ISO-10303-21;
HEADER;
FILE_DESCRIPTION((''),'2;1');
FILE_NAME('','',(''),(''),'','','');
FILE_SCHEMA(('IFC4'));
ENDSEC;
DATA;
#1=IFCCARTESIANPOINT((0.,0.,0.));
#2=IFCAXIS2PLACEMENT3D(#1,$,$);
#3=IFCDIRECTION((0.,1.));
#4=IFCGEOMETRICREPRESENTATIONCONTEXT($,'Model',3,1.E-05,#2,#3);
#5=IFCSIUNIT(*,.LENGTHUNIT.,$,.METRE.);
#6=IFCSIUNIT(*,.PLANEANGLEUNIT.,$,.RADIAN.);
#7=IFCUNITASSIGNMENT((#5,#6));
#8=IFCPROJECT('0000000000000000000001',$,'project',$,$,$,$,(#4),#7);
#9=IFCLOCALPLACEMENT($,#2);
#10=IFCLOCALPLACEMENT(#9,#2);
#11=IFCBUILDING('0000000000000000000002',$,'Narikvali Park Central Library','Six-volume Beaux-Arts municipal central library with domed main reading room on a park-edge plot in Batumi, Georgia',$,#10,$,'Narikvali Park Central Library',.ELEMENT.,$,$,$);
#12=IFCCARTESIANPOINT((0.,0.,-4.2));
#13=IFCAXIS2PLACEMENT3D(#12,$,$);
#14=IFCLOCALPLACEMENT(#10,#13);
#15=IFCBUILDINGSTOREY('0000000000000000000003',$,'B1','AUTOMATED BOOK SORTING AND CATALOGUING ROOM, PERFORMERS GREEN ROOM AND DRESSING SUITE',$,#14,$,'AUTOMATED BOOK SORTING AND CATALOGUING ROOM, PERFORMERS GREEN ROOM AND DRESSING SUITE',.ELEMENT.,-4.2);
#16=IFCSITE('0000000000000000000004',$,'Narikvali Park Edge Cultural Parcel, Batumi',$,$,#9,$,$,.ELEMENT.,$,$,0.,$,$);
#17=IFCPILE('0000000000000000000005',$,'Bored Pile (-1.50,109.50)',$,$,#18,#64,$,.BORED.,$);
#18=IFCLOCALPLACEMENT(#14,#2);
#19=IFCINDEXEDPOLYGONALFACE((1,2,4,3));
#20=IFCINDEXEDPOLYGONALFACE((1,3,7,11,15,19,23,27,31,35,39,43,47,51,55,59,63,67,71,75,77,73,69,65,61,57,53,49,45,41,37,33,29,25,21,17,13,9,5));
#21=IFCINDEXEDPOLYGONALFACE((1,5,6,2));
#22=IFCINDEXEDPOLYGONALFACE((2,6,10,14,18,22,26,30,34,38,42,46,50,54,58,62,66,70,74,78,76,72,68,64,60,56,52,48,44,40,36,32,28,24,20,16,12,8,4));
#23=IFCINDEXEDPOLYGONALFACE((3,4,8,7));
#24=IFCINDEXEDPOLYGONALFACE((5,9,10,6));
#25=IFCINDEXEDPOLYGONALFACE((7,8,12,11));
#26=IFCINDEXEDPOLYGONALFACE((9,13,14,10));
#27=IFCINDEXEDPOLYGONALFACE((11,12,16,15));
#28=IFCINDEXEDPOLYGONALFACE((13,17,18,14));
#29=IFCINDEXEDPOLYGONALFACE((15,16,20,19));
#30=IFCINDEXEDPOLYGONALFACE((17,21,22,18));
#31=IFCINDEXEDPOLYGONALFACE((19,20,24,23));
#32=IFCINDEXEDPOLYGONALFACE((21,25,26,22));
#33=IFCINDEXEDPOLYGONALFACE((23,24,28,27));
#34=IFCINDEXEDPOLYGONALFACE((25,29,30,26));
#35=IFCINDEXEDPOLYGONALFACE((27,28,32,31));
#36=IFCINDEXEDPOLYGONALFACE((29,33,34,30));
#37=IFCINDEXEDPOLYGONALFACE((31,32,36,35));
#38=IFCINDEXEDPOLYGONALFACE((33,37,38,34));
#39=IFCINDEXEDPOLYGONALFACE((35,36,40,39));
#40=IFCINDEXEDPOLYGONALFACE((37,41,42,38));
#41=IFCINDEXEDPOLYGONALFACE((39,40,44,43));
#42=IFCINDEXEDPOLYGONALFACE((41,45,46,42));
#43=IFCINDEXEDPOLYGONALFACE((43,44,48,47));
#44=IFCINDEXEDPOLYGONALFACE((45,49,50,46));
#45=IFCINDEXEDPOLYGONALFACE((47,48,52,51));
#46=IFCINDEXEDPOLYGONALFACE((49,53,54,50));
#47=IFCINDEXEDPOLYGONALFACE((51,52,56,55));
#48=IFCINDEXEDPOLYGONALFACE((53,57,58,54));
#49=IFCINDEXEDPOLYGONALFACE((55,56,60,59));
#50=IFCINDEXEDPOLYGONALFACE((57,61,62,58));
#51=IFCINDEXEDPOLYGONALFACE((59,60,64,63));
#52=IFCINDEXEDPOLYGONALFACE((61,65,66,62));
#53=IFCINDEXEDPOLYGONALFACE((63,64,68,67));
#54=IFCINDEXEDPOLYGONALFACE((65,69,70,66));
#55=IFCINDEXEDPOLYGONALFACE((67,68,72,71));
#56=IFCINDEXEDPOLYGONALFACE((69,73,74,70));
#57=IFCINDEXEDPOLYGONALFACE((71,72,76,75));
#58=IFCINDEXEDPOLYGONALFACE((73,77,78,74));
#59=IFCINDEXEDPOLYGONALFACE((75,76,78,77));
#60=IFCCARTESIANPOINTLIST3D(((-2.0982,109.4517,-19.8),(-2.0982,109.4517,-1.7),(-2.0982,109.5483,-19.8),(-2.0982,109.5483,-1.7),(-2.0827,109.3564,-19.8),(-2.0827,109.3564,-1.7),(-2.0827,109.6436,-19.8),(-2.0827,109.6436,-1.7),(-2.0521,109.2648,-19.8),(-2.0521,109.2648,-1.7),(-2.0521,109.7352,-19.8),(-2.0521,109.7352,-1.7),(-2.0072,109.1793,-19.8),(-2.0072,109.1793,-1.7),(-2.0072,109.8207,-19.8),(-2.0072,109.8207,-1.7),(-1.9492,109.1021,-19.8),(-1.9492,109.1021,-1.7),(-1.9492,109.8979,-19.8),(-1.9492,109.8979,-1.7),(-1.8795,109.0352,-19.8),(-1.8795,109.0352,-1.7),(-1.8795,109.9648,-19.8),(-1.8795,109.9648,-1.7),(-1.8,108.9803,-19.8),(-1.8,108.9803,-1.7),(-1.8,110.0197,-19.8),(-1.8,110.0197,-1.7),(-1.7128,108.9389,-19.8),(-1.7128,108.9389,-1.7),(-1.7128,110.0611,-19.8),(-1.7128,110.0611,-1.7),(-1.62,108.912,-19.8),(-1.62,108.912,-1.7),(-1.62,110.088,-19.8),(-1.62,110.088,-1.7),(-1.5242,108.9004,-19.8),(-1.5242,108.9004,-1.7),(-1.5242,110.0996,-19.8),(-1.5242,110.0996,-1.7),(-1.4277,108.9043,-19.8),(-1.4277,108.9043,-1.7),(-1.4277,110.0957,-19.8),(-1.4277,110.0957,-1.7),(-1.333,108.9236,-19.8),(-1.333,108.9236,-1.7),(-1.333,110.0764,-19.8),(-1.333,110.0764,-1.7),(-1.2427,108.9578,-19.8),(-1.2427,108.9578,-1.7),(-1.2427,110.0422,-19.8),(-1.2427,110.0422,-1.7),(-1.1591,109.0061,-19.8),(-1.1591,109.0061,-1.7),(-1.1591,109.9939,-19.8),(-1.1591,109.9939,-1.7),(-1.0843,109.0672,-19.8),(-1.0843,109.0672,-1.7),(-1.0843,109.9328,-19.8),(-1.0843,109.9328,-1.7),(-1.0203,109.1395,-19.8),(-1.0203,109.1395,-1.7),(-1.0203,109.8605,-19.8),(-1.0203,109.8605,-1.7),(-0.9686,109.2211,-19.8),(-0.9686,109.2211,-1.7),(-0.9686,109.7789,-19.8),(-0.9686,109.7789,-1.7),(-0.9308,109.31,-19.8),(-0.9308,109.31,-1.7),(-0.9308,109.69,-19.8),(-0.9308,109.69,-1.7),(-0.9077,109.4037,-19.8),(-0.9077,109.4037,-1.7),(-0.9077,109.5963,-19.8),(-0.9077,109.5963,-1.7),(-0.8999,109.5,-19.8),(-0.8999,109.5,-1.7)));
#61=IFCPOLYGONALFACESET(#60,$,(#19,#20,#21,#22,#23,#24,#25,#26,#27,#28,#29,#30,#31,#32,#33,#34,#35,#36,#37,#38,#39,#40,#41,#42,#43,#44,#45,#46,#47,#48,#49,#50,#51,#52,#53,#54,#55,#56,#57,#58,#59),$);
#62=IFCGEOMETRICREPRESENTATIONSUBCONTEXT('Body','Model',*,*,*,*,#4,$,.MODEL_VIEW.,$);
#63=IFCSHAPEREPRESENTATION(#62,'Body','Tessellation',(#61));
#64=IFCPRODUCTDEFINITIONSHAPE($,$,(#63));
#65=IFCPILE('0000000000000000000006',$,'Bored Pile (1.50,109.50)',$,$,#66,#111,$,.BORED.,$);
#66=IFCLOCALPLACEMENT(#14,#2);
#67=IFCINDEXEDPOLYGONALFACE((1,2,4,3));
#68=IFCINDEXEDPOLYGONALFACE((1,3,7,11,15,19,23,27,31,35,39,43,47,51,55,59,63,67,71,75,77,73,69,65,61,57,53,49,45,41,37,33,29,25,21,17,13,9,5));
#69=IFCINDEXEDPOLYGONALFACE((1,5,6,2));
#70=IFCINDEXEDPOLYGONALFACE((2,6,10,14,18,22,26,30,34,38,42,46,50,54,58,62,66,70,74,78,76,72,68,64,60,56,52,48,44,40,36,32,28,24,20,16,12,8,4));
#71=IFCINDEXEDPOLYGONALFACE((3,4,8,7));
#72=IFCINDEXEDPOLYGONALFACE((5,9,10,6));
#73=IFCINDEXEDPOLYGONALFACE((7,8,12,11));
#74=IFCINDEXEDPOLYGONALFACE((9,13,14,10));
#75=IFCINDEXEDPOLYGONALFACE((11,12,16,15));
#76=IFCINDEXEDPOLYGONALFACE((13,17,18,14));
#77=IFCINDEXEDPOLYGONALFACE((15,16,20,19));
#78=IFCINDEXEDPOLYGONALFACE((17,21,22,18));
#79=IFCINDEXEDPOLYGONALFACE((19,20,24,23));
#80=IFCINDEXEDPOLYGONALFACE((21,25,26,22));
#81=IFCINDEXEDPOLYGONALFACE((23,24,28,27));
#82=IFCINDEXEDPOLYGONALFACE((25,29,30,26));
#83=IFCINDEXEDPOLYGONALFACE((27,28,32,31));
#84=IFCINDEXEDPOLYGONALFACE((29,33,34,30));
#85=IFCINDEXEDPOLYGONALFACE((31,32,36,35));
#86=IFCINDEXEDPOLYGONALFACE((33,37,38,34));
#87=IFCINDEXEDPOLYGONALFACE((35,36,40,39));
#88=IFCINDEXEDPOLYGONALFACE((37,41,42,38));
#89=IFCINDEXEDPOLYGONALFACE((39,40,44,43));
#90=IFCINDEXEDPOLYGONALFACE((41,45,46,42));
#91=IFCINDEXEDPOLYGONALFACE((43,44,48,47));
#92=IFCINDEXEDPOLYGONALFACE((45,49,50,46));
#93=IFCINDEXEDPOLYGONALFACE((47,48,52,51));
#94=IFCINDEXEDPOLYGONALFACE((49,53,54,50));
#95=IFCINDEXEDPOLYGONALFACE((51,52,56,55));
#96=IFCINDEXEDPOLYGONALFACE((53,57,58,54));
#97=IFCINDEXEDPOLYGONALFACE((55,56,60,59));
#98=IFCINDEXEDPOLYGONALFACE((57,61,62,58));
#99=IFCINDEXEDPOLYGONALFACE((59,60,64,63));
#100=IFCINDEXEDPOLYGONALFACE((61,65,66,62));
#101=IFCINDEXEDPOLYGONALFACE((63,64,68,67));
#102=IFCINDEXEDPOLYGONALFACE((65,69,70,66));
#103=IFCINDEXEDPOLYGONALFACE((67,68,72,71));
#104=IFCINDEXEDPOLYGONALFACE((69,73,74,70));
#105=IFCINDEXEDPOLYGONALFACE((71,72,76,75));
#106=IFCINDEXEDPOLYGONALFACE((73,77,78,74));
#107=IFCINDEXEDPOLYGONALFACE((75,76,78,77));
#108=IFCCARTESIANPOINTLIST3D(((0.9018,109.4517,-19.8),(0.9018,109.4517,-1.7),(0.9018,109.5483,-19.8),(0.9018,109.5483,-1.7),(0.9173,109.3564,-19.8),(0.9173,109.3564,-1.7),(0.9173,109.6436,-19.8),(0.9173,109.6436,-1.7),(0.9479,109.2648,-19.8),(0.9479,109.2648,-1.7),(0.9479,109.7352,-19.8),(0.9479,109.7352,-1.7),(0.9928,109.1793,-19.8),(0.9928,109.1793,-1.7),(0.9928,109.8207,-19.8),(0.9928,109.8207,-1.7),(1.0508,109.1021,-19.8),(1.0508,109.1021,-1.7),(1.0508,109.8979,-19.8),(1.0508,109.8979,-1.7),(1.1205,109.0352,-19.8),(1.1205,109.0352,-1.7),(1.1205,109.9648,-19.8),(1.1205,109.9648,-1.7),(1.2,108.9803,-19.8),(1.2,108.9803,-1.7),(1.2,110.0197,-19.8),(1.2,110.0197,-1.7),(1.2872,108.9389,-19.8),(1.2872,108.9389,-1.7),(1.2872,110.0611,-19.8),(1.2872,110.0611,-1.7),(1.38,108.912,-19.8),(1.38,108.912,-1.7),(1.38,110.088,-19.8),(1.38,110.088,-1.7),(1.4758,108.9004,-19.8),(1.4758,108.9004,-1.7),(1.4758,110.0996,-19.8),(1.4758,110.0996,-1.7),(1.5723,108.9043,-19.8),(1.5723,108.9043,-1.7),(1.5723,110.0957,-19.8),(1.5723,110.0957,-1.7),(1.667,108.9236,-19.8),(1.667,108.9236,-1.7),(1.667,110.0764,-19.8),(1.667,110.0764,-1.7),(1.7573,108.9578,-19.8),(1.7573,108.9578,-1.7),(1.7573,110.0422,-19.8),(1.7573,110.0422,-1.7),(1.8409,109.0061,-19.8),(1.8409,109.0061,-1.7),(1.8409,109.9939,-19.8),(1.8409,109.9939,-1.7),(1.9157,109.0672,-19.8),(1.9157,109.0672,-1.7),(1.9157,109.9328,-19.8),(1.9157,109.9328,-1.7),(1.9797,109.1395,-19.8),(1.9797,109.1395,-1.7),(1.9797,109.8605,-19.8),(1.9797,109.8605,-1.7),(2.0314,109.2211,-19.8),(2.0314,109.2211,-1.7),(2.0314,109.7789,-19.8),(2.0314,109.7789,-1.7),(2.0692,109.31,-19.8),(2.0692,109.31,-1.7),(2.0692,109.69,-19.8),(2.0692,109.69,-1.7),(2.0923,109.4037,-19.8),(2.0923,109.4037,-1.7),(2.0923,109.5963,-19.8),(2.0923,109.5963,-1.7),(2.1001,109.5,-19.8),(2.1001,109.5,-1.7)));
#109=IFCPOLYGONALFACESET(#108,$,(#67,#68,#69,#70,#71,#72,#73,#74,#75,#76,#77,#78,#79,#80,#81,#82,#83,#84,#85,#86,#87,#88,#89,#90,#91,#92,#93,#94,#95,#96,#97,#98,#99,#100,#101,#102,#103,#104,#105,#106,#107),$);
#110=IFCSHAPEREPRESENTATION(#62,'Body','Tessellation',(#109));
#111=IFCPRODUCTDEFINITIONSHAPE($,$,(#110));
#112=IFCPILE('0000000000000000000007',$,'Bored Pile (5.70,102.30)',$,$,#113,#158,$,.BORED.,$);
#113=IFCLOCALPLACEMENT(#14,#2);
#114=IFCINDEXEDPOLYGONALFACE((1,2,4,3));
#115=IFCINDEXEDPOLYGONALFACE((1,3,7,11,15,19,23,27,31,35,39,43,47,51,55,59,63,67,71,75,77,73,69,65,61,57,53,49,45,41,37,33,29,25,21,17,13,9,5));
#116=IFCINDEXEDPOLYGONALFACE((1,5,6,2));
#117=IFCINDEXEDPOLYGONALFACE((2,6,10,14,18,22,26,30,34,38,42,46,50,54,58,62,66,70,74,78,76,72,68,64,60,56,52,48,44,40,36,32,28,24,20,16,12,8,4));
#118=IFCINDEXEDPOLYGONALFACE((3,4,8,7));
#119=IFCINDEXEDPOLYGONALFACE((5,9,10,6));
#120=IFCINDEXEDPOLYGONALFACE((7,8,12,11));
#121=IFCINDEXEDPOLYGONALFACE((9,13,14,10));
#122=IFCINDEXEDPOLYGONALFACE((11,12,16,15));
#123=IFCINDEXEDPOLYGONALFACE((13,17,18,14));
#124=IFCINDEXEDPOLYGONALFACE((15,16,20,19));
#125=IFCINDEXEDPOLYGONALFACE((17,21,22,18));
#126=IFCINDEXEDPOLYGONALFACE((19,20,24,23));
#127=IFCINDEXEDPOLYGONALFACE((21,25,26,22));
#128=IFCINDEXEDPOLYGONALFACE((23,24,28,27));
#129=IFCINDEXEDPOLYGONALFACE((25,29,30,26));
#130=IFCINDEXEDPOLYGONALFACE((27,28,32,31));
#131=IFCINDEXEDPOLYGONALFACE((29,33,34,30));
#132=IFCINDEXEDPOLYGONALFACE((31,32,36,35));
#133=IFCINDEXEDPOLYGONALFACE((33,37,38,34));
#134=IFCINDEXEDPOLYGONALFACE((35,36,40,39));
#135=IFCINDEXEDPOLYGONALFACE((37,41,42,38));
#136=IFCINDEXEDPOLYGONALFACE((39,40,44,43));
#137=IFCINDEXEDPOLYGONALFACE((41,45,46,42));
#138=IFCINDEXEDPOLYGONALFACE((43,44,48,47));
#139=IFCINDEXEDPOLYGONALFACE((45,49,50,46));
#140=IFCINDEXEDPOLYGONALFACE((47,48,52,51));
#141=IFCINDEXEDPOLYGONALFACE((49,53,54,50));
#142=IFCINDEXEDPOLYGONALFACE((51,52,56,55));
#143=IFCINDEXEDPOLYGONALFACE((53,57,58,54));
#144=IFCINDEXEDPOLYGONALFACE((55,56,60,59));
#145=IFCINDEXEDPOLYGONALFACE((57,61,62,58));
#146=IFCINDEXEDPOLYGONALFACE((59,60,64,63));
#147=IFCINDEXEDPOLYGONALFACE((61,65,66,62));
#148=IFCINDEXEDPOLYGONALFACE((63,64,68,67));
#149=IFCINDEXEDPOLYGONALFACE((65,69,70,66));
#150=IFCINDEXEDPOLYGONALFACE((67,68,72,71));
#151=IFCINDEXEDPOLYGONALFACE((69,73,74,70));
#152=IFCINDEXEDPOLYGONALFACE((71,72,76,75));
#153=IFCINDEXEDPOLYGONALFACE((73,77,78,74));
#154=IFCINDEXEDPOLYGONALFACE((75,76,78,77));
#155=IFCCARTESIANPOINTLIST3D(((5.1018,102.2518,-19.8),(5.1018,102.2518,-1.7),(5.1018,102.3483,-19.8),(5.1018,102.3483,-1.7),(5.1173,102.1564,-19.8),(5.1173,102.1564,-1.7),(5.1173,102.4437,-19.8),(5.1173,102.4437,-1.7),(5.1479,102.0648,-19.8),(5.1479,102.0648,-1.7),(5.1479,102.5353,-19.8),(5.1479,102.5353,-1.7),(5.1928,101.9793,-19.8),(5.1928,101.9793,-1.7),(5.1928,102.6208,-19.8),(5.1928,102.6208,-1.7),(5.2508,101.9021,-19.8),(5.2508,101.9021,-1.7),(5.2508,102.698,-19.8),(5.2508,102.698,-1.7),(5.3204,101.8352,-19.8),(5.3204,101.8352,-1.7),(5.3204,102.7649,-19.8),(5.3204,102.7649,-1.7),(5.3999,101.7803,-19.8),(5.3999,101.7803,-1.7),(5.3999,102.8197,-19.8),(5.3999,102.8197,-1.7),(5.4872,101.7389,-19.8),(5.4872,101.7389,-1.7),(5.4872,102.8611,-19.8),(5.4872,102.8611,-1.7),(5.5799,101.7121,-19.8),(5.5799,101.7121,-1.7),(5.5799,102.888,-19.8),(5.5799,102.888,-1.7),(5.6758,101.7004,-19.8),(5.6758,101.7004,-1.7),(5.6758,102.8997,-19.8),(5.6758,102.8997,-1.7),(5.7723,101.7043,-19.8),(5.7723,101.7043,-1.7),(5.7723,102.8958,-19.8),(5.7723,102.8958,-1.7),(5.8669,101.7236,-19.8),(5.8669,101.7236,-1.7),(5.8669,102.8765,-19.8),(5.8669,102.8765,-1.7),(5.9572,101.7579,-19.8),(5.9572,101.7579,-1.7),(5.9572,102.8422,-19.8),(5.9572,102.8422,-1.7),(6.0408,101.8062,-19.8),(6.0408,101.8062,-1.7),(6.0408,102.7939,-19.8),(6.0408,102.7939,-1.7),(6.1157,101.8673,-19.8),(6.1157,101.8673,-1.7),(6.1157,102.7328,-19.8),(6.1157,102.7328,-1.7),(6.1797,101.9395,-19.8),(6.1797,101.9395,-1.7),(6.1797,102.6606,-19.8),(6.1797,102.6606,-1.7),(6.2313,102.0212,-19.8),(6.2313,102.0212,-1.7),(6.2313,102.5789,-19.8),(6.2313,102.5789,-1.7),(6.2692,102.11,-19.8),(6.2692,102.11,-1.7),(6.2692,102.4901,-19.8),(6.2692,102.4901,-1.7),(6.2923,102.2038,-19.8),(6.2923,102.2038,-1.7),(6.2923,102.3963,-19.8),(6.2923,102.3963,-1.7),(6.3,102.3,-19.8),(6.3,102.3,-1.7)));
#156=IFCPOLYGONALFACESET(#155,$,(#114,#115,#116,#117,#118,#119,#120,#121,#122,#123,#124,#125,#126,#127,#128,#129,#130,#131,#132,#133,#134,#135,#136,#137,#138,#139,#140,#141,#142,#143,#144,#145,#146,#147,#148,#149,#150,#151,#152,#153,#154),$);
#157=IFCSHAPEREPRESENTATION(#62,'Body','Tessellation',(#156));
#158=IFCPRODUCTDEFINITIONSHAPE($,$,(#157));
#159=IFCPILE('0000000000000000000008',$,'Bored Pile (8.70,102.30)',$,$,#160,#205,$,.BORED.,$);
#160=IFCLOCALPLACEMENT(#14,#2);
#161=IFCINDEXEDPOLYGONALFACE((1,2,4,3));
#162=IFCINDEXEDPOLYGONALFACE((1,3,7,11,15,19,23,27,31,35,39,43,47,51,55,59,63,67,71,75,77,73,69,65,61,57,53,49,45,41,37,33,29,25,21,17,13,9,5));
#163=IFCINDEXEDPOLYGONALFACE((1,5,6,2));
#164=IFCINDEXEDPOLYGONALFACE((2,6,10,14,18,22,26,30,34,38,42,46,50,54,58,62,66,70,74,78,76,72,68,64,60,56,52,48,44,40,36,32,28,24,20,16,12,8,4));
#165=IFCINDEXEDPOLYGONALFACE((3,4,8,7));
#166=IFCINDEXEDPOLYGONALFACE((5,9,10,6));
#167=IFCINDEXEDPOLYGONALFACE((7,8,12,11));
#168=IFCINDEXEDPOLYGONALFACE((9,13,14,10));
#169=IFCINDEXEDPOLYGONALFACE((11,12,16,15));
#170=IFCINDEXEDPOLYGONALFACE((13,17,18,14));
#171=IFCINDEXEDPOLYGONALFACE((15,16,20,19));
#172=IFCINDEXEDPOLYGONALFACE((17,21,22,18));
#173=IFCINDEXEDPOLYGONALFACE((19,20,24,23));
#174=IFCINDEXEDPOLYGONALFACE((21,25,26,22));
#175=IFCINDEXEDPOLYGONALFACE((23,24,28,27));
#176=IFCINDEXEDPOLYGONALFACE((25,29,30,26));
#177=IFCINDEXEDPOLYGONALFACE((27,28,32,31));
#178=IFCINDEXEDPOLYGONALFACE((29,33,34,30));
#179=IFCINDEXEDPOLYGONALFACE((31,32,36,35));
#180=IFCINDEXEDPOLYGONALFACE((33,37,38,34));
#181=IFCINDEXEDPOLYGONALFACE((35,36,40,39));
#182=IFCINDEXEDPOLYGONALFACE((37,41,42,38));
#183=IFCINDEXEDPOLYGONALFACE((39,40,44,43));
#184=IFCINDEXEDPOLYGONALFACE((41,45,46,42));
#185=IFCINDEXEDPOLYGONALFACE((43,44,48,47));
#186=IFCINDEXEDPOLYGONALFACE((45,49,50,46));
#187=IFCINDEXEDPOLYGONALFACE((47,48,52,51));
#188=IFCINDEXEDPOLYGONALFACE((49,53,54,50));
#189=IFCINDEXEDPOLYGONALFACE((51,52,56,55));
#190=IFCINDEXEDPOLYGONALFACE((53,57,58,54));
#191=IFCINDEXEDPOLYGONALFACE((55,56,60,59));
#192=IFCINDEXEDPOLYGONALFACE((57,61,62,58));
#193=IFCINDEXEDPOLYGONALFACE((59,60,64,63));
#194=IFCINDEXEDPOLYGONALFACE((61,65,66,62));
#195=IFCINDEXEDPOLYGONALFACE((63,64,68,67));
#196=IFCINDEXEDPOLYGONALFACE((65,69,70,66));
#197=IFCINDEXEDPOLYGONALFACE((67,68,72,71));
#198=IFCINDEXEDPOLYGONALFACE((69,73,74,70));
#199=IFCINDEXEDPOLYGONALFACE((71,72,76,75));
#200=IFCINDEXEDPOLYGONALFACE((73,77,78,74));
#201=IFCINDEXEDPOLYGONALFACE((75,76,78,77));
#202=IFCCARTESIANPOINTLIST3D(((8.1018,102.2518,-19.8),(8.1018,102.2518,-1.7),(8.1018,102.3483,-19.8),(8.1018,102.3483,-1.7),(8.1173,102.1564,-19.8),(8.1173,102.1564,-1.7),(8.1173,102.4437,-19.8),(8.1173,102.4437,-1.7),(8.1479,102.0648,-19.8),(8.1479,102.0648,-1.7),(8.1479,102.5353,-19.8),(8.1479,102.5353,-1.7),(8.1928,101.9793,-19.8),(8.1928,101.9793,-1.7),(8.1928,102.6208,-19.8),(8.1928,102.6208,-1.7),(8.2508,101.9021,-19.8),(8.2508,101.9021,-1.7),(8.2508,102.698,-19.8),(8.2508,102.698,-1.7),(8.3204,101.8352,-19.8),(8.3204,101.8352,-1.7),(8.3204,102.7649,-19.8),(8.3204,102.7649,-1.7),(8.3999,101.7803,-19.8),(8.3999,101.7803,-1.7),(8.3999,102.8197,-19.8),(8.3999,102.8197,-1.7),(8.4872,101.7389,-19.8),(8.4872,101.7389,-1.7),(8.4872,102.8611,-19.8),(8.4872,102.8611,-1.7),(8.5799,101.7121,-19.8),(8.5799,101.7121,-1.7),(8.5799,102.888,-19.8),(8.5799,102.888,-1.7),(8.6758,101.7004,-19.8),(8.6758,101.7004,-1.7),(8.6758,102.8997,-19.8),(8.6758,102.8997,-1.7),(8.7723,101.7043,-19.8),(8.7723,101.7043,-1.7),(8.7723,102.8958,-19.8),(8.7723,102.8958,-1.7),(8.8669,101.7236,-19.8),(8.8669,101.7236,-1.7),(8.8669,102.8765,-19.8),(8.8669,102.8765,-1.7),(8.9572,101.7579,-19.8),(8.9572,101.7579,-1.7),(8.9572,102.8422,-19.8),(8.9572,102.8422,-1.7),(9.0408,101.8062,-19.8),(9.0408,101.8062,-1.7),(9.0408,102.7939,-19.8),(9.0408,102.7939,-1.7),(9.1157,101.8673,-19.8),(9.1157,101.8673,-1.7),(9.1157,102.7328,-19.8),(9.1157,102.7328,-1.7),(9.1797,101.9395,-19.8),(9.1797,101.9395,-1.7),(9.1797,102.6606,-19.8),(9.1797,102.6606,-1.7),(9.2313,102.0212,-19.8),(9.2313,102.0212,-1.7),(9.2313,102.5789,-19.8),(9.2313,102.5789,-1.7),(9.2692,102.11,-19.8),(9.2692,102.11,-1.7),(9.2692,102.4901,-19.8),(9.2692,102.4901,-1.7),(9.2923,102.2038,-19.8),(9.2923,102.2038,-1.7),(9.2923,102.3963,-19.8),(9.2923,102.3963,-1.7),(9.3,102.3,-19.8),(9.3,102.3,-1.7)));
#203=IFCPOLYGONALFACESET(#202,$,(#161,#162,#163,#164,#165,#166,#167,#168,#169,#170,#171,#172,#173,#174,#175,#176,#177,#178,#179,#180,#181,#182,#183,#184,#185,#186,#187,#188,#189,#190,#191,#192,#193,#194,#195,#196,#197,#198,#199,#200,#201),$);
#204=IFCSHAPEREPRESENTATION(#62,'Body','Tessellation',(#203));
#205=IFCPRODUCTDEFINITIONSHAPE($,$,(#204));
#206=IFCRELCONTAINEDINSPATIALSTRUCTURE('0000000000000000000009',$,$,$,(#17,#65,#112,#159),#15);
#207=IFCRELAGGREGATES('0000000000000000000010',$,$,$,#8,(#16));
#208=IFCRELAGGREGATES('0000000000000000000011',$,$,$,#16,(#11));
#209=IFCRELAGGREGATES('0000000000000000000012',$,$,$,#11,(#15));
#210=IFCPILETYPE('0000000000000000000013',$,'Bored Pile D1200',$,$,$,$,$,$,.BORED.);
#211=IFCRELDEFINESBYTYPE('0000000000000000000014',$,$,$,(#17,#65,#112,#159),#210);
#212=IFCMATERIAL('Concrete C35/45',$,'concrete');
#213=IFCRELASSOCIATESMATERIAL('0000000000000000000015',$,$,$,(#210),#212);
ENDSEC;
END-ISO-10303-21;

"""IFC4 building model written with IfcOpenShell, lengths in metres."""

from ifc_helpers import new_model, si_unit, direction, frame, origin, origin_2d, place, context, subcontext, project, spatial, circle, extrude, material, material_profile, profile_set, type_object, element, save


model = new_model("IFC4")

# Units and contexts
model_context = context("Model", 3, precision=1e-05, world=origin(), true_north=direction((0.0, 1.0)))
body_context = subcontext(model_context, "Body", "Model", "MODEL_VIEW")
ifc_project = project(units=[si_unit("LENGTHUNIT", "METRE"), si_unit("PLANEANGLEUNIT", "RADIAN")], contexts=[model_context])

# Site, building, storey
site_placement = place(None, origin())
site = spatial("IfcSite", under=ifc_project, at=site_placement, Name="Narikvali Park Edge Cultural Parcel, Batumi", CompositionType="ELEMENT", RefElevation=0.0)
building_placement = place(site_placement, origin())
building = spatial("IfcBuilding", under=site, at=building_placement, Name="Narikvali Park Central Library", Description="Six-volume Beaux-Arts municipal central library with domed main reading room on a park-edge plot in Batumi, Georgia", LongName="Narikvali Park Central Library", CompositionType="ELEMENT")
storey_placement = place(building_placement, frame((0.0, 0.0, -4.2)))
storey = spatial("IfcBuildingStorey", under=building, at=storey_placement, Name="B1", Description="AUTOMATED BOOK SORTING AND CATALOGUING ROOM, PERFORMERS GREEN ROOM AND DRESSING SUITE", LongName="AUTOMATED BOOK SORTING AND CATALOGUING ROOM, PERFORMERS GREEN ROOM AND DRESSING SUITE", CompositionType="ELEMENT", Elevation=-4.2)

# Piles
ifc_material_1 = material(Name="Concrete C35/45", Category="concrete")
ifc_material_profile_1 = material_profile(ifc_material_1, circle(Radius=0.6001, at=origin_2d()), Name="PILE D1200")
ifc_profile_set_1 = profile_set([ifc_material_profile_1], Name="Concrete C35/45")
pile_type = type_object("IfcPileType", Name="Bored Pile D1200", PredefinedType="BORED", material=ifc_profile_set_1)
for number, where, z_axis, x_axis, name in (
    (1, (-1.5, 109.5, -1.7), (0.0, 0.0, -1.0), (1.0, 0.0, 0.0), "Bored Pile (-1.50,109.50)"),
    (2, (1.5, 109.5, -1.7), (0.0, 0.0, -1.0), (1.0, 0.0, 0.0), "Bored Pile (1.50,109.50)"),
    (3, (5.7, 102.3, -1.7), (0.0, 0.0, -1.0), (1.0, 0.0, 0.0), "Bored Pile (5.70,102.30)"),
    (4, (8.7, 102.3, -1.7), (0.0, 0.0, -1.0), (1.0, 0.0, 0.0), "Bored Pile (8.70,102.30)"),
):
    element("IfcPile", number, at=place(storey_placement, frame(where, z_axis=z_axis, x_axis=x_axis)), inside=storey, type_object=pile_type, Name=name, PredefinedType="BORED", context=body_context, shape_type="SweptSolid", body=[
        extrude(circle(Radius=0.6001, at=origin_2d()), origin(), (0.0, 0.0, 1.0), 18.1001),
    ])

save(model, "model.ifc")
